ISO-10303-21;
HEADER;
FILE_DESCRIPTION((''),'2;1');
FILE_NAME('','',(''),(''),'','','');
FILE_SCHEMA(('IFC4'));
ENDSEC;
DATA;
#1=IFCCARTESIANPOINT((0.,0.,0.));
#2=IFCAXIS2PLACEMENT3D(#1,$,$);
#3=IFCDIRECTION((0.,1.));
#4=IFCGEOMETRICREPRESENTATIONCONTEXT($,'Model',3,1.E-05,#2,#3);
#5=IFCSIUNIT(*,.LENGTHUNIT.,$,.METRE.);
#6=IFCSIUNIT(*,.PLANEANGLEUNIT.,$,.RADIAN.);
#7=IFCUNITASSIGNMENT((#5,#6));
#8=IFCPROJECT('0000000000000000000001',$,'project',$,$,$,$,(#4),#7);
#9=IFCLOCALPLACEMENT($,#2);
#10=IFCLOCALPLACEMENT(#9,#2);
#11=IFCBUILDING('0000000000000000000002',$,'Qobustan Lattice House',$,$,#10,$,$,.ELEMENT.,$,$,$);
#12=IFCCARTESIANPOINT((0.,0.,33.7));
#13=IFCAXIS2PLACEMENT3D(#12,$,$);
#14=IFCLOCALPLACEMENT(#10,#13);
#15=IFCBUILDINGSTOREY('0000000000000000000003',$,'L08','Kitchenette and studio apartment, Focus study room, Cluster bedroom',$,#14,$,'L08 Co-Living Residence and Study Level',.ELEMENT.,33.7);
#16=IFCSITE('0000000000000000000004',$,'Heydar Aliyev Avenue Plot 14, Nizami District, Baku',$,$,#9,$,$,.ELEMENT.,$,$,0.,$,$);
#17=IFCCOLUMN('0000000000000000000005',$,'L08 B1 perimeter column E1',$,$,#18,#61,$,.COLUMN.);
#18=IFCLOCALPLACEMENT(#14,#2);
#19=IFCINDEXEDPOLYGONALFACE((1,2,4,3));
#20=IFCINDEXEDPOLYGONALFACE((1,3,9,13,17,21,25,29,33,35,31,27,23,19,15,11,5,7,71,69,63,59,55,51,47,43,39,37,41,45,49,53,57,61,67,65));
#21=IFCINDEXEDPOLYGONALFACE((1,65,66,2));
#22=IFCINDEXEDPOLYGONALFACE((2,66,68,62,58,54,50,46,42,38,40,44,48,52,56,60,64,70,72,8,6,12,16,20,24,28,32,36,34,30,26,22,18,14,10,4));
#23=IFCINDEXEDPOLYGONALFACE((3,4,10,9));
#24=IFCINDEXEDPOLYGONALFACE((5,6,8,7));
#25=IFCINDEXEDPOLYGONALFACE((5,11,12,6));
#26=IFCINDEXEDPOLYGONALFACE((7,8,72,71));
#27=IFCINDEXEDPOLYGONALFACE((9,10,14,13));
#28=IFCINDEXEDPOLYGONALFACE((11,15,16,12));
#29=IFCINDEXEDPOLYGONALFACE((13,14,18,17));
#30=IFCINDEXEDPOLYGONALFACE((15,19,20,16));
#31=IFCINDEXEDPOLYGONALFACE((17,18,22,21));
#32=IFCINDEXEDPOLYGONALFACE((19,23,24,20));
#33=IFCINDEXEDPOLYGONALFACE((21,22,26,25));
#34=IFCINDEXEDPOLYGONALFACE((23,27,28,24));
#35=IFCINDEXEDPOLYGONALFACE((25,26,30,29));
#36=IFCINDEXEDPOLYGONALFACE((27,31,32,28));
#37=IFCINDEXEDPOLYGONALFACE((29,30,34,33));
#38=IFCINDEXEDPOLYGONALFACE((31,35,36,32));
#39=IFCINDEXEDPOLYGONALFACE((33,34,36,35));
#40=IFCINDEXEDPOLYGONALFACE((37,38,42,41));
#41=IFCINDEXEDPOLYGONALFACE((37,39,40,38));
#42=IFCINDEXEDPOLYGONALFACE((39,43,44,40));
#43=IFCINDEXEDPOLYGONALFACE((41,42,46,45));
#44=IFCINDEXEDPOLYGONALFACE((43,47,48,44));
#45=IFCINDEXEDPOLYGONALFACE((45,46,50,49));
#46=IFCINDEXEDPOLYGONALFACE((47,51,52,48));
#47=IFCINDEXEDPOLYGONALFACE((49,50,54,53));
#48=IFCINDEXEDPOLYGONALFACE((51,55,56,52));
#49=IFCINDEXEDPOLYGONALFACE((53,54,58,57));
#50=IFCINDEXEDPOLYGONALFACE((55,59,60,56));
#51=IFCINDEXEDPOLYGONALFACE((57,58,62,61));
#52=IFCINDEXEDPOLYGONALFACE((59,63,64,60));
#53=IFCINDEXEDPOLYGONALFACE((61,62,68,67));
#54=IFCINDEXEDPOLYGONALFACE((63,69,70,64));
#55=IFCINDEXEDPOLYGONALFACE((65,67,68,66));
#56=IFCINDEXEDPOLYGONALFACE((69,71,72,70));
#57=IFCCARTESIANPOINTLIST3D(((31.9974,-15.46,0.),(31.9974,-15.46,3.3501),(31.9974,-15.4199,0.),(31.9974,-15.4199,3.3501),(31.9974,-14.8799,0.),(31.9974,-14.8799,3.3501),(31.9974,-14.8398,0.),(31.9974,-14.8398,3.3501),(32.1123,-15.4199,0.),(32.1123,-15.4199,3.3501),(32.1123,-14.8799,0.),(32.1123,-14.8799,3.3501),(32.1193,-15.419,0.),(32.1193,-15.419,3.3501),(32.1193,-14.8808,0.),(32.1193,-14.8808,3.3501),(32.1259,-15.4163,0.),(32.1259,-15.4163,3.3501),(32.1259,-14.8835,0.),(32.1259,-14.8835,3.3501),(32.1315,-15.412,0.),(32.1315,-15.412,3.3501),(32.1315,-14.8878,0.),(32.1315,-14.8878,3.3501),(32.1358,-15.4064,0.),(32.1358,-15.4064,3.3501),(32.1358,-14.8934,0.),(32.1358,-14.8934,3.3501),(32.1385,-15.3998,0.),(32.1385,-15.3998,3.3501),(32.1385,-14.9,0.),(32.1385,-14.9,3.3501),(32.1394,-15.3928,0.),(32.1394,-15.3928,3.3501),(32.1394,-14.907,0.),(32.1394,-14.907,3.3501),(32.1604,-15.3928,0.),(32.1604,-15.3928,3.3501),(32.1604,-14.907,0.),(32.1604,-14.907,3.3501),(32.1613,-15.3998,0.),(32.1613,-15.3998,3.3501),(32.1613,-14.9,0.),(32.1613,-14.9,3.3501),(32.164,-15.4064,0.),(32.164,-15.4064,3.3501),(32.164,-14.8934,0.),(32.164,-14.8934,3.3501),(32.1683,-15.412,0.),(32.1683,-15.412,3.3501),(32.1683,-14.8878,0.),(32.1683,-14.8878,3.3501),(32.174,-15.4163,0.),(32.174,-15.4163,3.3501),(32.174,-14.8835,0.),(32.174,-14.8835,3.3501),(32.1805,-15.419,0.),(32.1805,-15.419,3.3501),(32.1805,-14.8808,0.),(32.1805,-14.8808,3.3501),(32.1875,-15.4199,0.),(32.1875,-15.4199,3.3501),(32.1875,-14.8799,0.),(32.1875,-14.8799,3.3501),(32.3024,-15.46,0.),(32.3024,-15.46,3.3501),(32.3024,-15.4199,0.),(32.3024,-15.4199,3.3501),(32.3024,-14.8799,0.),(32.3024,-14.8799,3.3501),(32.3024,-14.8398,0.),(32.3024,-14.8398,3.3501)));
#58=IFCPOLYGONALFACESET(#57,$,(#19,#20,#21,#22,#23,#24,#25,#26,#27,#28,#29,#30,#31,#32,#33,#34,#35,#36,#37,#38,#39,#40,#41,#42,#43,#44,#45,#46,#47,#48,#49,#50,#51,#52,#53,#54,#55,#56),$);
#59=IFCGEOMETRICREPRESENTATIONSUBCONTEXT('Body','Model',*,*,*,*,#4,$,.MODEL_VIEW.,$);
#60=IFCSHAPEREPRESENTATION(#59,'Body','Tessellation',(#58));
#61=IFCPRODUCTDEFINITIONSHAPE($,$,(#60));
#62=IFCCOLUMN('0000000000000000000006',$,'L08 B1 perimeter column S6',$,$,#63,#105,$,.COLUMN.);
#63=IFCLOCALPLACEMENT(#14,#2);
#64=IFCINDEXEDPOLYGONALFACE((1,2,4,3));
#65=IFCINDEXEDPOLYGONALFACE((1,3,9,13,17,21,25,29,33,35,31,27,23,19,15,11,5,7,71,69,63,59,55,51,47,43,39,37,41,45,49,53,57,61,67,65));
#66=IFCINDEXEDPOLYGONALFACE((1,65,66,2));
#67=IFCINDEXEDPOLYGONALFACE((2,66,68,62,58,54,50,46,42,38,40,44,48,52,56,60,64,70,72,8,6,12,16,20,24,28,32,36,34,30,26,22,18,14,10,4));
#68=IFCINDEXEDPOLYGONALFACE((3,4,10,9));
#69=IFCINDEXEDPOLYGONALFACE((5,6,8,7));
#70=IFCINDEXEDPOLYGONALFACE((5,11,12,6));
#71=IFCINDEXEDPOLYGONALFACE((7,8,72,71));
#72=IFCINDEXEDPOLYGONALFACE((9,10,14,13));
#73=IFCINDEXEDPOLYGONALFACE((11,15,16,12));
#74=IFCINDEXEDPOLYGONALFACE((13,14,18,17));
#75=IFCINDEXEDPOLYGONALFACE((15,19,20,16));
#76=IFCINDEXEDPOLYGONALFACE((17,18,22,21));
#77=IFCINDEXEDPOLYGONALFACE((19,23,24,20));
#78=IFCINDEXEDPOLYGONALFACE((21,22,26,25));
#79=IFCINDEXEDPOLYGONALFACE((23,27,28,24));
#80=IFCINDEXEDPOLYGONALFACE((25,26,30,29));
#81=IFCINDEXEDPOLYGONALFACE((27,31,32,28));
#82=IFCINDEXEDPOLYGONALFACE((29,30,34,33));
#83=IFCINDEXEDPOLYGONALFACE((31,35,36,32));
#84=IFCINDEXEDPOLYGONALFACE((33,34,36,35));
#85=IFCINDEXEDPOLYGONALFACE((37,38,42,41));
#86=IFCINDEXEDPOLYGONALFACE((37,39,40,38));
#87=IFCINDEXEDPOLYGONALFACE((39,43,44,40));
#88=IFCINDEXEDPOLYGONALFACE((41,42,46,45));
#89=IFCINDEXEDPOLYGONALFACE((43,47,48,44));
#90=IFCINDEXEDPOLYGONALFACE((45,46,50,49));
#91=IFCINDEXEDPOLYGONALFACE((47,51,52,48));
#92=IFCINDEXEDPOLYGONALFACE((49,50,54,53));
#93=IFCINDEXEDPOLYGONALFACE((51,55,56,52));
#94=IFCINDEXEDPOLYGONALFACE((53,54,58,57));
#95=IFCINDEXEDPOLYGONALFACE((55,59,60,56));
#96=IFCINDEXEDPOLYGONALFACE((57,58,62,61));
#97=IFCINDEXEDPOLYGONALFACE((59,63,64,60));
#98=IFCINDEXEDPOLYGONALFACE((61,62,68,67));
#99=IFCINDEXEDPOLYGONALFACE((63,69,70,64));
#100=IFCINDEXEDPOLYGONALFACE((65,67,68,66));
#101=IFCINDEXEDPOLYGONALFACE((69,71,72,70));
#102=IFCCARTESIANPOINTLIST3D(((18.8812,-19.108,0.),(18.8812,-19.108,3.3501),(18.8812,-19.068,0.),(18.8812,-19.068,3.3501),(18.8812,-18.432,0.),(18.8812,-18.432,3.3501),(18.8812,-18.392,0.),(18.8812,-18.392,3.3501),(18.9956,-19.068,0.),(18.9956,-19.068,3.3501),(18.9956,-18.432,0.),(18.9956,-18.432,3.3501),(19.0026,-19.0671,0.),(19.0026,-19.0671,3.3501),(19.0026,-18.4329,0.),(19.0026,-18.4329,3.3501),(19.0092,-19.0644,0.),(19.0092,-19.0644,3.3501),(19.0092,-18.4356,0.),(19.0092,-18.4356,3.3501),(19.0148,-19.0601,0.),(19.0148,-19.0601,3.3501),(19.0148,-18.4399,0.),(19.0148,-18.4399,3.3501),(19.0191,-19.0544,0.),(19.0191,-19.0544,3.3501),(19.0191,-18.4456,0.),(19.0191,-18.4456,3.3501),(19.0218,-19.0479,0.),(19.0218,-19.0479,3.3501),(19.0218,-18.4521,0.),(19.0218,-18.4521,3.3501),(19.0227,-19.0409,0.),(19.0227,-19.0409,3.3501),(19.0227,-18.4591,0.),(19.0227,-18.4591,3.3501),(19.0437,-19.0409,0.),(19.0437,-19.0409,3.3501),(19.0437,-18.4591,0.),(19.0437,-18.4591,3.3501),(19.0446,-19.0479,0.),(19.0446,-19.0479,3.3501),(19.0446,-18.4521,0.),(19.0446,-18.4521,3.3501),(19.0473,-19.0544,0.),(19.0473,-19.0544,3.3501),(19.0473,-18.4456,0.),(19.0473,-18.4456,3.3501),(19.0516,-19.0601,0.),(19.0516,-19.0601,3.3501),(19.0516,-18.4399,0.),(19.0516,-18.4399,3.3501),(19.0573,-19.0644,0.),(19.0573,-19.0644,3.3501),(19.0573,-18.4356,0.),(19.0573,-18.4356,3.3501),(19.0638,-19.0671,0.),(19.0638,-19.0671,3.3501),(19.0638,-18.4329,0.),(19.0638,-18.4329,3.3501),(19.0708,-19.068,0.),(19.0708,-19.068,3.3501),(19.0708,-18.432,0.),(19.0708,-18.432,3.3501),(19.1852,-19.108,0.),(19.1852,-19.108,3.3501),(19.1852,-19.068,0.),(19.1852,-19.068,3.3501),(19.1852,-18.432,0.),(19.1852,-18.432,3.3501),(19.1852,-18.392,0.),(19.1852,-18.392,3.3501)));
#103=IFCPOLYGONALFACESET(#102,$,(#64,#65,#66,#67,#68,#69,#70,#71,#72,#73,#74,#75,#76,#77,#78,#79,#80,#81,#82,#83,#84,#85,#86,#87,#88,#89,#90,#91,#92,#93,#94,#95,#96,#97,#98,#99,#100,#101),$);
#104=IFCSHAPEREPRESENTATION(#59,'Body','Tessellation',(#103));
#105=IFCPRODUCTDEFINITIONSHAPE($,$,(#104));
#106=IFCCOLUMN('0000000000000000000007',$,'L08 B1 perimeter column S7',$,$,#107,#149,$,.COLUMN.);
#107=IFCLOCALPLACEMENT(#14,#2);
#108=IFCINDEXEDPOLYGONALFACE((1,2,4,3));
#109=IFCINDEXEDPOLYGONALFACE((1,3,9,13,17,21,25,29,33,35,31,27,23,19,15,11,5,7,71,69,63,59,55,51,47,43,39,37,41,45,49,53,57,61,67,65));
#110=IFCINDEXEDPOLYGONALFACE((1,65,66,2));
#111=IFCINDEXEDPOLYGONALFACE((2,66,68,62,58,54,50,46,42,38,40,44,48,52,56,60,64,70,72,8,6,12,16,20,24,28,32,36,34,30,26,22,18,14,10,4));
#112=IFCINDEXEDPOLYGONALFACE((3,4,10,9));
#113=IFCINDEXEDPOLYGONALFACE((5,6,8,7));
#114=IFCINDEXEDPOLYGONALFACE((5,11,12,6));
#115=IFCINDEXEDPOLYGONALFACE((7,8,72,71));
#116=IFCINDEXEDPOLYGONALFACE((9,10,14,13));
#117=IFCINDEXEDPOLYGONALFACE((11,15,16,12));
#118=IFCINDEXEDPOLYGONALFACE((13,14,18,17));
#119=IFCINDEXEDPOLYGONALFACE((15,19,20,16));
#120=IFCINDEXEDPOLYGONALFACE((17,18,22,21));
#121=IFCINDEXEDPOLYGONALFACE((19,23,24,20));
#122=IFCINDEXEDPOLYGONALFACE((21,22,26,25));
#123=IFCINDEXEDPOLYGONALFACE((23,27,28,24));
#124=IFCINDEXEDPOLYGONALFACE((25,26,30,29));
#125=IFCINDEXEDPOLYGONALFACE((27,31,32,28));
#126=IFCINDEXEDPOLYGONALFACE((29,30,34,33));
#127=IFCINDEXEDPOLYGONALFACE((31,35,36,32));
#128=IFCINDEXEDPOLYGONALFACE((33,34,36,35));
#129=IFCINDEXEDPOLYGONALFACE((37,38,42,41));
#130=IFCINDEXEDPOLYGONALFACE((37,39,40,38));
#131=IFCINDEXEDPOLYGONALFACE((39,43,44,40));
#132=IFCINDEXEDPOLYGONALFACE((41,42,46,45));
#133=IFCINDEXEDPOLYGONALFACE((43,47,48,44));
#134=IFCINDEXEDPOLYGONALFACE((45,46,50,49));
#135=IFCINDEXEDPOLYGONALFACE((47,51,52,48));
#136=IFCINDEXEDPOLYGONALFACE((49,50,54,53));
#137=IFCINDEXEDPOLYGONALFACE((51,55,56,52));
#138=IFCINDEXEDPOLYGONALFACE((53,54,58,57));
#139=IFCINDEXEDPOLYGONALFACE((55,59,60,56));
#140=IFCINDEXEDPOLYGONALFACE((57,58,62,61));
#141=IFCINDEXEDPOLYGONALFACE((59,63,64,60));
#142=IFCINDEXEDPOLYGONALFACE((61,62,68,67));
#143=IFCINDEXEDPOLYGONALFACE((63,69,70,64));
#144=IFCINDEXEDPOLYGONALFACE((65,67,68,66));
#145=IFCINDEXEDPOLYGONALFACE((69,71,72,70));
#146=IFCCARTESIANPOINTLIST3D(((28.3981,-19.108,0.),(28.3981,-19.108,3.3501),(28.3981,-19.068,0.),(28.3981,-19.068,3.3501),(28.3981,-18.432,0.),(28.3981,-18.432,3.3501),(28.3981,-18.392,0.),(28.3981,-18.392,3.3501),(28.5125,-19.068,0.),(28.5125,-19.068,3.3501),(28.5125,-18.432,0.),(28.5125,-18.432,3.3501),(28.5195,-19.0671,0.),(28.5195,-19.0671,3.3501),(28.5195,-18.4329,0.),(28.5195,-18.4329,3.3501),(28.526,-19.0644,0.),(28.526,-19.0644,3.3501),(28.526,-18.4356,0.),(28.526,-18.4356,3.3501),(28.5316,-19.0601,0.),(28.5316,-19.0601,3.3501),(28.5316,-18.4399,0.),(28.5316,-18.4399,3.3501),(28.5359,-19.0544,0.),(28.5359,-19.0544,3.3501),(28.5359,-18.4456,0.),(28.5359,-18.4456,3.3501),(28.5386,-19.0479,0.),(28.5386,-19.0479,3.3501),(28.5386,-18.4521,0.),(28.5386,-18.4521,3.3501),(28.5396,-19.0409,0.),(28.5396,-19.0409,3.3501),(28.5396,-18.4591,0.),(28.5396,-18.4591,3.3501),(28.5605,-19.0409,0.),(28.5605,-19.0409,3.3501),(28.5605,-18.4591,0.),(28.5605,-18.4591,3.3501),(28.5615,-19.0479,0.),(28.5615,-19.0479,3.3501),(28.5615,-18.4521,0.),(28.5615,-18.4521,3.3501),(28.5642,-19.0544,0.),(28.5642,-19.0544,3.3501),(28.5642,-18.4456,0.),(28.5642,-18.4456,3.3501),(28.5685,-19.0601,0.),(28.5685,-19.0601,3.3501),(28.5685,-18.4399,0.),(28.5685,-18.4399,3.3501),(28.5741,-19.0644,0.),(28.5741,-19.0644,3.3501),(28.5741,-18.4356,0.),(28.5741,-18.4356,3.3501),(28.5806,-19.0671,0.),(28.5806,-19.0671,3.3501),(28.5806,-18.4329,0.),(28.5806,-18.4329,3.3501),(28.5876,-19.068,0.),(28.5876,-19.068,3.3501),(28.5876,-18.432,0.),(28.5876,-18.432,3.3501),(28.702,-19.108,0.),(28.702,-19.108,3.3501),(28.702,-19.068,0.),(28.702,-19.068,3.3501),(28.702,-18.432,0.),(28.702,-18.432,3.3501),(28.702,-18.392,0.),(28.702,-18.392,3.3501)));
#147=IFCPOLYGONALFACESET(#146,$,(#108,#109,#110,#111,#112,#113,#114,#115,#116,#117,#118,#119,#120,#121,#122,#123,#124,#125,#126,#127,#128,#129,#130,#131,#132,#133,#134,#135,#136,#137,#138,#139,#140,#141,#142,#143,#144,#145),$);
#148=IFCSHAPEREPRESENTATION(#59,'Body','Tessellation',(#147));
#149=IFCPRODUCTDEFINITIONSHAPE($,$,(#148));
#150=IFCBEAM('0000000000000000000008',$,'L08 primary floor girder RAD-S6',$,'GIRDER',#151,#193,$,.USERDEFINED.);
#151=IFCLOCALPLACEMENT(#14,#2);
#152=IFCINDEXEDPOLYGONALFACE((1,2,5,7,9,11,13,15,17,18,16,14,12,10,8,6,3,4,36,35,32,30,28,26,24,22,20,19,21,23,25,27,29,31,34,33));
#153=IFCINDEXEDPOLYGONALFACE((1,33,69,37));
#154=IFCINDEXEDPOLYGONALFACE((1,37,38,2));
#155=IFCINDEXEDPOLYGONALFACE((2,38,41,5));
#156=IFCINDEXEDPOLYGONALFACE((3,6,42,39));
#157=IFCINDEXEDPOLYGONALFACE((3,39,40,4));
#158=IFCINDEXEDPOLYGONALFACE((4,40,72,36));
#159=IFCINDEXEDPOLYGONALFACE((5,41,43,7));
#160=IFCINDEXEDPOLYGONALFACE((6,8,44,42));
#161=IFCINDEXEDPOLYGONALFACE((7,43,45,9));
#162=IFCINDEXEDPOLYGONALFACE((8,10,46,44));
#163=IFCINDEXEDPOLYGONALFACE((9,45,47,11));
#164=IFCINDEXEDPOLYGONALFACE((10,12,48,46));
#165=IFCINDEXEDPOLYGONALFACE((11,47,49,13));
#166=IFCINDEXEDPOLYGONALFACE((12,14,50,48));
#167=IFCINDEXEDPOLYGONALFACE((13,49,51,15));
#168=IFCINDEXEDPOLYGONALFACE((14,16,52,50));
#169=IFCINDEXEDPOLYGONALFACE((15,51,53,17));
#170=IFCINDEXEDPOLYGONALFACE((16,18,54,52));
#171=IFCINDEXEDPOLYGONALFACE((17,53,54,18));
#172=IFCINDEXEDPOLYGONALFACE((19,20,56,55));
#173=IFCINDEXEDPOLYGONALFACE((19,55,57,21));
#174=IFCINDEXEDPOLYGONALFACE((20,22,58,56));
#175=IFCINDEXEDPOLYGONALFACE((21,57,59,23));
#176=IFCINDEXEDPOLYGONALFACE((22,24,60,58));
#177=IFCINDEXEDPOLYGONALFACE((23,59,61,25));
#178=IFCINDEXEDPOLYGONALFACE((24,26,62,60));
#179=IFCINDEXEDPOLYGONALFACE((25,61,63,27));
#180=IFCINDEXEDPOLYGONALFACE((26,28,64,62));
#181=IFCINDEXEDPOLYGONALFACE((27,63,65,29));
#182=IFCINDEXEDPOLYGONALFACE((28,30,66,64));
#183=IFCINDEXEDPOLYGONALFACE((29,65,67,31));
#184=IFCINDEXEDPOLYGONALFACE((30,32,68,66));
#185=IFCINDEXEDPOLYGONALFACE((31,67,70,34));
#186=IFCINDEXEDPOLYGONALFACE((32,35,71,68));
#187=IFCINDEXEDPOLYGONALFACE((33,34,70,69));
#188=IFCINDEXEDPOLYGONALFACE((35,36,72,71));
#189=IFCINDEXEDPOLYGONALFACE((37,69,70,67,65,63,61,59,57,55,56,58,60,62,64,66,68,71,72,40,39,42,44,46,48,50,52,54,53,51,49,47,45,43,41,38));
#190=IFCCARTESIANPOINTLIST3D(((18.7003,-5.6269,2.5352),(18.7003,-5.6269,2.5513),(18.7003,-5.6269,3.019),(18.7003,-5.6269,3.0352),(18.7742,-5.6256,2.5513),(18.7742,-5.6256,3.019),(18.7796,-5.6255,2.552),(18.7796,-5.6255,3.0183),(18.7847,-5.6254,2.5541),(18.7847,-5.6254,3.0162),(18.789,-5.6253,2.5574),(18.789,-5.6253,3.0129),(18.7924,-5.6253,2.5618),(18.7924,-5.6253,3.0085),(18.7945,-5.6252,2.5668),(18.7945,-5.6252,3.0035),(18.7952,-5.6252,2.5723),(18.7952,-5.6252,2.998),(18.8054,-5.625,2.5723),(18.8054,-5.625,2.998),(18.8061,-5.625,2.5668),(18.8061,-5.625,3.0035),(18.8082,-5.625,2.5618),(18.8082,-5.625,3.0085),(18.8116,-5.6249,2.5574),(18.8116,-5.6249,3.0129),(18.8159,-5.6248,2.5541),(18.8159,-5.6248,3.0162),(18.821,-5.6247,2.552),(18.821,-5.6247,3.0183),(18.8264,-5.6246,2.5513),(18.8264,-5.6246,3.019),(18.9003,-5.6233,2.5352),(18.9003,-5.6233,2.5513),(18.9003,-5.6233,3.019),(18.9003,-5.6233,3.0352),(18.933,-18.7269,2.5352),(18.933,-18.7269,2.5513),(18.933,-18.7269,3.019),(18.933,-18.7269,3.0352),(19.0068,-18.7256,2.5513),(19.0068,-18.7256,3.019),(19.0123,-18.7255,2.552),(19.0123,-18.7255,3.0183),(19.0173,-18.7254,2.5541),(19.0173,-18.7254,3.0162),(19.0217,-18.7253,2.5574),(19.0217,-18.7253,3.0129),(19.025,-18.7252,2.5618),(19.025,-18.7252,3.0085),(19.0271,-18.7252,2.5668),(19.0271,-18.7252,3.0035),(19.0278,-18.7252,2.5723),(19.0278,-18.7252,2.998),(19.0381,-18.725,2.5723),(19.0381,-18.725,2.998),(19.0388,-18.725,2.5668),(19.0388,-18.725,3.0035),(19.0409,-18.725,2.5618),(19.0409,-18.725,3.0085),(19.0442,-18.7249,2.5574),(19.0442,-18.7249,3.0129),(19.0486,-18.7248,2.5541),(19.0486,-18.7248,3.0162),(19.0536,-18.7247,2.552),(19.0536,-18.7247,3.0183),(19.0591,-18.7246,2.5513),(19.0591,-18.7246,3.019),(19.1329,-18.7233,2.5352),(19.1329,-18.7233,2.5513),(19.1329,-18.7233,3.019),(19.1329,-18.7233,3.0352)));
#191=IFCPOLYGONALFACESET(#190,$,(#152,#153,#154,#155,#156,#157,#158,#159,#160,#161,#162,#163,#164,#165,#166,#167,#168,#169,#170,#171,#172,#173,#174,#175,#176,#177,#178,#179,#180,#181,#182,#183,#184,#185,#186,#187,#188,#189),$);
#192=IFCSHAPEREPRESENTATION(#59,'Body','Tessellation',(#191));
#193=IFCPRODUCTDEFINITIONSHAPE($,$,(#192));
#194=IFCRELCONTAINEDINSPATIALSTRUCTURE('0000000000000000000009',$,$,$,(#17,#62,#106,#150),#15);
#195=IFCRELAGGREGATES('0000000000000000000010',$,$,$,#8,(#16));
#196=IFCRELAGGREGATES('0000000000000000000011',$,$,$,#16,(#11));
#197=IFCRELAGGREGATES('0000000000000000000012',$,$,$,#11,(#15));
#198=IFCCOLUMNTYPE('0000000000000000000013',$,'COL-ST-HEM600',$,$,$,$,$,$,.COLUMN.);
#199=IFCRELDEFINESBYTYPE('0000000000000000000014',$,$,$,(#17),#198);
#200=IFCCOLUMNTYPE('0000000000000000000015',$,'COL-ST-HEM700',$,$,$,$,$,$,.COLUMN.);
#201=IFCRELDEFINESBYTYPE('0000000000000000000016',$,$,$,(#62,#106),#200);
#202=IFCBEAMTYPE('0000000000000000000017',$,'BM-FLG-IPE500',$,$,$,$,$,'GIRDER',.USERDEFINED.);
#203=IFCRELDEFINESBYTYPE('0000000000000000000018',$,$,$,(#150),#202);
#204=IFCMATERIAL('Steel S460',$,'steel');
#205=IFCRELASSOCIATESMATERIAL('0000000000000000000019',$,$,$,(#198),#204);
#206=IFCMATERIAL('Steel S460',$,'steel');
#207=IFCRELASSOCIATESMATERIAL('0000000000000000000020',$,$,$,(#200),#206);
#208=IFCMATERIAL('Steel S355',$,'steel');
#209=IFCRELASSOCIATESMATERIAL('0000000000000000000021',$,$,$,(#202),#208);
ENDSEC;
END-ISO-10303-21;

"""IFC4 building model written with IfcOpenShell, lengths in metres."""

from ifc_helpers import new_model, si_unit, direction, frame, origin, origin_2d, place, context, subcontext, project, spatial, i_section, extrude, material, material_profile, profile_set, type_object, element, save


model = new_model("IFC4")

# Units and contexts
model_context = context("Model", 3, precision=1e-05, world=origin(), true_north=direction((0.0, 1.0)))
body_context = subcontext(model_context, "Body", "Model", "MODEL_VIEW")
ifc_project = project(units=[si_unit("LENGTHUNIT", "METRE"), si_unit("PLANEANGLEUNIT", "RADIAN")], contexts=[model_context])

# Site, building, storey
site_placement = place(None, origin())
site = spatial("IfcSite", under=ifc_project, at=site_placement, Name="Heydar Aliyev Avenue Plot 14, Nizami District, Baku", CompositionType="ELEMENT", RefElevation=0.0)
building_placement = place(site_placement, origin())
building = spatial("IfcBuilding", under=site, at=building_placement, Name="Qobustan Lattice House", CompositionType="ELEMENT")
storey_placement = place(building_placement, frame((0.0, 0.0, 33.7)))
storey = spatial("IfcBuildingStorey", under=building, at=storey_placement, Name="L08", Description="Kitchenette and studio apartment, Focus study room, Cluster bedroom", LongName="L08 Co-Living Residence and Study Level", CompositionType="ELEMENT", Elevation=33.7)

# Columns
ifc_material_1 = material(Name="Steel S460", Category="steel")
ifc_material_profile_1 = material_profile(ifc_material_1, i_section(OverallWidth=0.3049, OverallDepth=0.6201, WebThickness=0.021, FlangeThickness=0.04, FilletRadius=0.0271, at=origin_2d()), Name="HEM600")
ifc_profile_set_1 = profile_set([ifc_material_profile_1], Name="Steel S460")
column_type_1 = type_object("IfcColumnType", Name="COL-ST-HEM600", PredefinedType="COLUMN", material=ifc_profile_set_1)
column_placement = place(storey_placement, frame((32.1499, -15.1499, 0.0), z_axis=(0.0, 0.0, 1.0), x_axis=(1.0, 0.0, 0.0)))
element("IfcColumn", 1, at=column_placement, inside=storey, type_object=column_type_1, Name="L08 B1 perimeter column E1", PredefinedType="COLUMN", context=body_context, shape_type="SweptSolid", body=[
    extrude(i_section(OverallWidth=0.3049, OverallDepth=0.6201, WebThickness=0.021, FlangeThickness=0.04, FilletRadius=0.0271, at=origin_2d()), origin(), (0.0, 0.0, 1.0), 3.3501),
])
ifc_material_2 = material(Name="Steel S460", Category="steel")
ifc_material_profile_2 = material_profile(ifc_material_2, i_section(OverallWidth=0.304, OverallDepth=0.7161, WebThickness=0.021, FlangeThickness=0.04, FilletRadius=0.0271, at=origin_2d()), Name="HEM700")
ifc_profile_set_2 = profile_set([ifc_material_profile_2], Name="Steel S460")
column_type_2 = type_object("IfcColumnType", Name="COL-ST-HEM700", PredefinedType="COLUMN", material=ifc_profile_set_2)
for number, where, z_axis, x_axis, name in (
    (2, (19.0332, -18.75, 0.0), (0.0, 0.0, 1.0), (1.0, 0.0, 0.0), "L08 B1 perimeter column S6"),
    (3, (28.55, -18.75, 0.0), (0.0, 0.0, 1.0), (1.0, 0.0, 0.0), "L08 B1 perimeter column S7"),
):
    element("IfcColumn", number, at=place(storey_placement, frame(where, z_axis=z_axis, x_axis=x_axis)), inside=storey, type_object=column_type_2, Name=name, PredefinedType="COLUMN", context=body_context, shape_type="SweptSolid", body=[
        extrude(i_section(OverallWidth=0.304, OverallDepth=0.7161, WebThickness=0.021, FlangeThickness=0.04, FilletRadius=0.0271, at=origin_2d()), origin(), (0.0, 0.0, 1.0), 3.3501),
    ])

# Beam
ifc_material_3 = material(Name="Steel S355", Category="steel")
ifc_material_profile_3 = material_profile(ifc_material_3, i_section(OverallWidth=0.2, OverallDepth=0.5, WebThickness=0.0103, FlangeThickness=0.0161, FilletRadius=0.021, at=origin_2d()), Name="IPE500")
ifc_profile_set_3 = profile_set([ifc_material_profile_3], Name="Steel S355")
beam_type_1 = type_object("IfcBeamType", Name="BM-FLG-IPE500", ElementType="GIRDER", PredefinedType="USERDEFINED", material=ifc_profile_set_3)
beam_1_placement = place(storey_placement, frame((19.033, -18.7251, 2.7852), z_axis=(-0.017758, 0.999842, 0.0), x_axis=(-0.999842, -0.017758, 0.0)))
element("IfcBeam", 4, at=beam_1_placement, inside=storey, type_object=beam_type_1, Name="L08 primary floor girder RAD-S6", ObjectType="GIRDER", PredefinedType="USERDEFINED", context=body_context, shape_type="SweptSolid", body=[
    extrude(i_section(OverallWidth=0.2, OverallDepth=0.5, WebThickness=0.0103, FlangeThickness=0.0161, FilletRadius=0.021, at=origin_2d()), origin(), (0.0, 0.0, 1.0), 13.1021),
])

save(model, "model.ifc")
